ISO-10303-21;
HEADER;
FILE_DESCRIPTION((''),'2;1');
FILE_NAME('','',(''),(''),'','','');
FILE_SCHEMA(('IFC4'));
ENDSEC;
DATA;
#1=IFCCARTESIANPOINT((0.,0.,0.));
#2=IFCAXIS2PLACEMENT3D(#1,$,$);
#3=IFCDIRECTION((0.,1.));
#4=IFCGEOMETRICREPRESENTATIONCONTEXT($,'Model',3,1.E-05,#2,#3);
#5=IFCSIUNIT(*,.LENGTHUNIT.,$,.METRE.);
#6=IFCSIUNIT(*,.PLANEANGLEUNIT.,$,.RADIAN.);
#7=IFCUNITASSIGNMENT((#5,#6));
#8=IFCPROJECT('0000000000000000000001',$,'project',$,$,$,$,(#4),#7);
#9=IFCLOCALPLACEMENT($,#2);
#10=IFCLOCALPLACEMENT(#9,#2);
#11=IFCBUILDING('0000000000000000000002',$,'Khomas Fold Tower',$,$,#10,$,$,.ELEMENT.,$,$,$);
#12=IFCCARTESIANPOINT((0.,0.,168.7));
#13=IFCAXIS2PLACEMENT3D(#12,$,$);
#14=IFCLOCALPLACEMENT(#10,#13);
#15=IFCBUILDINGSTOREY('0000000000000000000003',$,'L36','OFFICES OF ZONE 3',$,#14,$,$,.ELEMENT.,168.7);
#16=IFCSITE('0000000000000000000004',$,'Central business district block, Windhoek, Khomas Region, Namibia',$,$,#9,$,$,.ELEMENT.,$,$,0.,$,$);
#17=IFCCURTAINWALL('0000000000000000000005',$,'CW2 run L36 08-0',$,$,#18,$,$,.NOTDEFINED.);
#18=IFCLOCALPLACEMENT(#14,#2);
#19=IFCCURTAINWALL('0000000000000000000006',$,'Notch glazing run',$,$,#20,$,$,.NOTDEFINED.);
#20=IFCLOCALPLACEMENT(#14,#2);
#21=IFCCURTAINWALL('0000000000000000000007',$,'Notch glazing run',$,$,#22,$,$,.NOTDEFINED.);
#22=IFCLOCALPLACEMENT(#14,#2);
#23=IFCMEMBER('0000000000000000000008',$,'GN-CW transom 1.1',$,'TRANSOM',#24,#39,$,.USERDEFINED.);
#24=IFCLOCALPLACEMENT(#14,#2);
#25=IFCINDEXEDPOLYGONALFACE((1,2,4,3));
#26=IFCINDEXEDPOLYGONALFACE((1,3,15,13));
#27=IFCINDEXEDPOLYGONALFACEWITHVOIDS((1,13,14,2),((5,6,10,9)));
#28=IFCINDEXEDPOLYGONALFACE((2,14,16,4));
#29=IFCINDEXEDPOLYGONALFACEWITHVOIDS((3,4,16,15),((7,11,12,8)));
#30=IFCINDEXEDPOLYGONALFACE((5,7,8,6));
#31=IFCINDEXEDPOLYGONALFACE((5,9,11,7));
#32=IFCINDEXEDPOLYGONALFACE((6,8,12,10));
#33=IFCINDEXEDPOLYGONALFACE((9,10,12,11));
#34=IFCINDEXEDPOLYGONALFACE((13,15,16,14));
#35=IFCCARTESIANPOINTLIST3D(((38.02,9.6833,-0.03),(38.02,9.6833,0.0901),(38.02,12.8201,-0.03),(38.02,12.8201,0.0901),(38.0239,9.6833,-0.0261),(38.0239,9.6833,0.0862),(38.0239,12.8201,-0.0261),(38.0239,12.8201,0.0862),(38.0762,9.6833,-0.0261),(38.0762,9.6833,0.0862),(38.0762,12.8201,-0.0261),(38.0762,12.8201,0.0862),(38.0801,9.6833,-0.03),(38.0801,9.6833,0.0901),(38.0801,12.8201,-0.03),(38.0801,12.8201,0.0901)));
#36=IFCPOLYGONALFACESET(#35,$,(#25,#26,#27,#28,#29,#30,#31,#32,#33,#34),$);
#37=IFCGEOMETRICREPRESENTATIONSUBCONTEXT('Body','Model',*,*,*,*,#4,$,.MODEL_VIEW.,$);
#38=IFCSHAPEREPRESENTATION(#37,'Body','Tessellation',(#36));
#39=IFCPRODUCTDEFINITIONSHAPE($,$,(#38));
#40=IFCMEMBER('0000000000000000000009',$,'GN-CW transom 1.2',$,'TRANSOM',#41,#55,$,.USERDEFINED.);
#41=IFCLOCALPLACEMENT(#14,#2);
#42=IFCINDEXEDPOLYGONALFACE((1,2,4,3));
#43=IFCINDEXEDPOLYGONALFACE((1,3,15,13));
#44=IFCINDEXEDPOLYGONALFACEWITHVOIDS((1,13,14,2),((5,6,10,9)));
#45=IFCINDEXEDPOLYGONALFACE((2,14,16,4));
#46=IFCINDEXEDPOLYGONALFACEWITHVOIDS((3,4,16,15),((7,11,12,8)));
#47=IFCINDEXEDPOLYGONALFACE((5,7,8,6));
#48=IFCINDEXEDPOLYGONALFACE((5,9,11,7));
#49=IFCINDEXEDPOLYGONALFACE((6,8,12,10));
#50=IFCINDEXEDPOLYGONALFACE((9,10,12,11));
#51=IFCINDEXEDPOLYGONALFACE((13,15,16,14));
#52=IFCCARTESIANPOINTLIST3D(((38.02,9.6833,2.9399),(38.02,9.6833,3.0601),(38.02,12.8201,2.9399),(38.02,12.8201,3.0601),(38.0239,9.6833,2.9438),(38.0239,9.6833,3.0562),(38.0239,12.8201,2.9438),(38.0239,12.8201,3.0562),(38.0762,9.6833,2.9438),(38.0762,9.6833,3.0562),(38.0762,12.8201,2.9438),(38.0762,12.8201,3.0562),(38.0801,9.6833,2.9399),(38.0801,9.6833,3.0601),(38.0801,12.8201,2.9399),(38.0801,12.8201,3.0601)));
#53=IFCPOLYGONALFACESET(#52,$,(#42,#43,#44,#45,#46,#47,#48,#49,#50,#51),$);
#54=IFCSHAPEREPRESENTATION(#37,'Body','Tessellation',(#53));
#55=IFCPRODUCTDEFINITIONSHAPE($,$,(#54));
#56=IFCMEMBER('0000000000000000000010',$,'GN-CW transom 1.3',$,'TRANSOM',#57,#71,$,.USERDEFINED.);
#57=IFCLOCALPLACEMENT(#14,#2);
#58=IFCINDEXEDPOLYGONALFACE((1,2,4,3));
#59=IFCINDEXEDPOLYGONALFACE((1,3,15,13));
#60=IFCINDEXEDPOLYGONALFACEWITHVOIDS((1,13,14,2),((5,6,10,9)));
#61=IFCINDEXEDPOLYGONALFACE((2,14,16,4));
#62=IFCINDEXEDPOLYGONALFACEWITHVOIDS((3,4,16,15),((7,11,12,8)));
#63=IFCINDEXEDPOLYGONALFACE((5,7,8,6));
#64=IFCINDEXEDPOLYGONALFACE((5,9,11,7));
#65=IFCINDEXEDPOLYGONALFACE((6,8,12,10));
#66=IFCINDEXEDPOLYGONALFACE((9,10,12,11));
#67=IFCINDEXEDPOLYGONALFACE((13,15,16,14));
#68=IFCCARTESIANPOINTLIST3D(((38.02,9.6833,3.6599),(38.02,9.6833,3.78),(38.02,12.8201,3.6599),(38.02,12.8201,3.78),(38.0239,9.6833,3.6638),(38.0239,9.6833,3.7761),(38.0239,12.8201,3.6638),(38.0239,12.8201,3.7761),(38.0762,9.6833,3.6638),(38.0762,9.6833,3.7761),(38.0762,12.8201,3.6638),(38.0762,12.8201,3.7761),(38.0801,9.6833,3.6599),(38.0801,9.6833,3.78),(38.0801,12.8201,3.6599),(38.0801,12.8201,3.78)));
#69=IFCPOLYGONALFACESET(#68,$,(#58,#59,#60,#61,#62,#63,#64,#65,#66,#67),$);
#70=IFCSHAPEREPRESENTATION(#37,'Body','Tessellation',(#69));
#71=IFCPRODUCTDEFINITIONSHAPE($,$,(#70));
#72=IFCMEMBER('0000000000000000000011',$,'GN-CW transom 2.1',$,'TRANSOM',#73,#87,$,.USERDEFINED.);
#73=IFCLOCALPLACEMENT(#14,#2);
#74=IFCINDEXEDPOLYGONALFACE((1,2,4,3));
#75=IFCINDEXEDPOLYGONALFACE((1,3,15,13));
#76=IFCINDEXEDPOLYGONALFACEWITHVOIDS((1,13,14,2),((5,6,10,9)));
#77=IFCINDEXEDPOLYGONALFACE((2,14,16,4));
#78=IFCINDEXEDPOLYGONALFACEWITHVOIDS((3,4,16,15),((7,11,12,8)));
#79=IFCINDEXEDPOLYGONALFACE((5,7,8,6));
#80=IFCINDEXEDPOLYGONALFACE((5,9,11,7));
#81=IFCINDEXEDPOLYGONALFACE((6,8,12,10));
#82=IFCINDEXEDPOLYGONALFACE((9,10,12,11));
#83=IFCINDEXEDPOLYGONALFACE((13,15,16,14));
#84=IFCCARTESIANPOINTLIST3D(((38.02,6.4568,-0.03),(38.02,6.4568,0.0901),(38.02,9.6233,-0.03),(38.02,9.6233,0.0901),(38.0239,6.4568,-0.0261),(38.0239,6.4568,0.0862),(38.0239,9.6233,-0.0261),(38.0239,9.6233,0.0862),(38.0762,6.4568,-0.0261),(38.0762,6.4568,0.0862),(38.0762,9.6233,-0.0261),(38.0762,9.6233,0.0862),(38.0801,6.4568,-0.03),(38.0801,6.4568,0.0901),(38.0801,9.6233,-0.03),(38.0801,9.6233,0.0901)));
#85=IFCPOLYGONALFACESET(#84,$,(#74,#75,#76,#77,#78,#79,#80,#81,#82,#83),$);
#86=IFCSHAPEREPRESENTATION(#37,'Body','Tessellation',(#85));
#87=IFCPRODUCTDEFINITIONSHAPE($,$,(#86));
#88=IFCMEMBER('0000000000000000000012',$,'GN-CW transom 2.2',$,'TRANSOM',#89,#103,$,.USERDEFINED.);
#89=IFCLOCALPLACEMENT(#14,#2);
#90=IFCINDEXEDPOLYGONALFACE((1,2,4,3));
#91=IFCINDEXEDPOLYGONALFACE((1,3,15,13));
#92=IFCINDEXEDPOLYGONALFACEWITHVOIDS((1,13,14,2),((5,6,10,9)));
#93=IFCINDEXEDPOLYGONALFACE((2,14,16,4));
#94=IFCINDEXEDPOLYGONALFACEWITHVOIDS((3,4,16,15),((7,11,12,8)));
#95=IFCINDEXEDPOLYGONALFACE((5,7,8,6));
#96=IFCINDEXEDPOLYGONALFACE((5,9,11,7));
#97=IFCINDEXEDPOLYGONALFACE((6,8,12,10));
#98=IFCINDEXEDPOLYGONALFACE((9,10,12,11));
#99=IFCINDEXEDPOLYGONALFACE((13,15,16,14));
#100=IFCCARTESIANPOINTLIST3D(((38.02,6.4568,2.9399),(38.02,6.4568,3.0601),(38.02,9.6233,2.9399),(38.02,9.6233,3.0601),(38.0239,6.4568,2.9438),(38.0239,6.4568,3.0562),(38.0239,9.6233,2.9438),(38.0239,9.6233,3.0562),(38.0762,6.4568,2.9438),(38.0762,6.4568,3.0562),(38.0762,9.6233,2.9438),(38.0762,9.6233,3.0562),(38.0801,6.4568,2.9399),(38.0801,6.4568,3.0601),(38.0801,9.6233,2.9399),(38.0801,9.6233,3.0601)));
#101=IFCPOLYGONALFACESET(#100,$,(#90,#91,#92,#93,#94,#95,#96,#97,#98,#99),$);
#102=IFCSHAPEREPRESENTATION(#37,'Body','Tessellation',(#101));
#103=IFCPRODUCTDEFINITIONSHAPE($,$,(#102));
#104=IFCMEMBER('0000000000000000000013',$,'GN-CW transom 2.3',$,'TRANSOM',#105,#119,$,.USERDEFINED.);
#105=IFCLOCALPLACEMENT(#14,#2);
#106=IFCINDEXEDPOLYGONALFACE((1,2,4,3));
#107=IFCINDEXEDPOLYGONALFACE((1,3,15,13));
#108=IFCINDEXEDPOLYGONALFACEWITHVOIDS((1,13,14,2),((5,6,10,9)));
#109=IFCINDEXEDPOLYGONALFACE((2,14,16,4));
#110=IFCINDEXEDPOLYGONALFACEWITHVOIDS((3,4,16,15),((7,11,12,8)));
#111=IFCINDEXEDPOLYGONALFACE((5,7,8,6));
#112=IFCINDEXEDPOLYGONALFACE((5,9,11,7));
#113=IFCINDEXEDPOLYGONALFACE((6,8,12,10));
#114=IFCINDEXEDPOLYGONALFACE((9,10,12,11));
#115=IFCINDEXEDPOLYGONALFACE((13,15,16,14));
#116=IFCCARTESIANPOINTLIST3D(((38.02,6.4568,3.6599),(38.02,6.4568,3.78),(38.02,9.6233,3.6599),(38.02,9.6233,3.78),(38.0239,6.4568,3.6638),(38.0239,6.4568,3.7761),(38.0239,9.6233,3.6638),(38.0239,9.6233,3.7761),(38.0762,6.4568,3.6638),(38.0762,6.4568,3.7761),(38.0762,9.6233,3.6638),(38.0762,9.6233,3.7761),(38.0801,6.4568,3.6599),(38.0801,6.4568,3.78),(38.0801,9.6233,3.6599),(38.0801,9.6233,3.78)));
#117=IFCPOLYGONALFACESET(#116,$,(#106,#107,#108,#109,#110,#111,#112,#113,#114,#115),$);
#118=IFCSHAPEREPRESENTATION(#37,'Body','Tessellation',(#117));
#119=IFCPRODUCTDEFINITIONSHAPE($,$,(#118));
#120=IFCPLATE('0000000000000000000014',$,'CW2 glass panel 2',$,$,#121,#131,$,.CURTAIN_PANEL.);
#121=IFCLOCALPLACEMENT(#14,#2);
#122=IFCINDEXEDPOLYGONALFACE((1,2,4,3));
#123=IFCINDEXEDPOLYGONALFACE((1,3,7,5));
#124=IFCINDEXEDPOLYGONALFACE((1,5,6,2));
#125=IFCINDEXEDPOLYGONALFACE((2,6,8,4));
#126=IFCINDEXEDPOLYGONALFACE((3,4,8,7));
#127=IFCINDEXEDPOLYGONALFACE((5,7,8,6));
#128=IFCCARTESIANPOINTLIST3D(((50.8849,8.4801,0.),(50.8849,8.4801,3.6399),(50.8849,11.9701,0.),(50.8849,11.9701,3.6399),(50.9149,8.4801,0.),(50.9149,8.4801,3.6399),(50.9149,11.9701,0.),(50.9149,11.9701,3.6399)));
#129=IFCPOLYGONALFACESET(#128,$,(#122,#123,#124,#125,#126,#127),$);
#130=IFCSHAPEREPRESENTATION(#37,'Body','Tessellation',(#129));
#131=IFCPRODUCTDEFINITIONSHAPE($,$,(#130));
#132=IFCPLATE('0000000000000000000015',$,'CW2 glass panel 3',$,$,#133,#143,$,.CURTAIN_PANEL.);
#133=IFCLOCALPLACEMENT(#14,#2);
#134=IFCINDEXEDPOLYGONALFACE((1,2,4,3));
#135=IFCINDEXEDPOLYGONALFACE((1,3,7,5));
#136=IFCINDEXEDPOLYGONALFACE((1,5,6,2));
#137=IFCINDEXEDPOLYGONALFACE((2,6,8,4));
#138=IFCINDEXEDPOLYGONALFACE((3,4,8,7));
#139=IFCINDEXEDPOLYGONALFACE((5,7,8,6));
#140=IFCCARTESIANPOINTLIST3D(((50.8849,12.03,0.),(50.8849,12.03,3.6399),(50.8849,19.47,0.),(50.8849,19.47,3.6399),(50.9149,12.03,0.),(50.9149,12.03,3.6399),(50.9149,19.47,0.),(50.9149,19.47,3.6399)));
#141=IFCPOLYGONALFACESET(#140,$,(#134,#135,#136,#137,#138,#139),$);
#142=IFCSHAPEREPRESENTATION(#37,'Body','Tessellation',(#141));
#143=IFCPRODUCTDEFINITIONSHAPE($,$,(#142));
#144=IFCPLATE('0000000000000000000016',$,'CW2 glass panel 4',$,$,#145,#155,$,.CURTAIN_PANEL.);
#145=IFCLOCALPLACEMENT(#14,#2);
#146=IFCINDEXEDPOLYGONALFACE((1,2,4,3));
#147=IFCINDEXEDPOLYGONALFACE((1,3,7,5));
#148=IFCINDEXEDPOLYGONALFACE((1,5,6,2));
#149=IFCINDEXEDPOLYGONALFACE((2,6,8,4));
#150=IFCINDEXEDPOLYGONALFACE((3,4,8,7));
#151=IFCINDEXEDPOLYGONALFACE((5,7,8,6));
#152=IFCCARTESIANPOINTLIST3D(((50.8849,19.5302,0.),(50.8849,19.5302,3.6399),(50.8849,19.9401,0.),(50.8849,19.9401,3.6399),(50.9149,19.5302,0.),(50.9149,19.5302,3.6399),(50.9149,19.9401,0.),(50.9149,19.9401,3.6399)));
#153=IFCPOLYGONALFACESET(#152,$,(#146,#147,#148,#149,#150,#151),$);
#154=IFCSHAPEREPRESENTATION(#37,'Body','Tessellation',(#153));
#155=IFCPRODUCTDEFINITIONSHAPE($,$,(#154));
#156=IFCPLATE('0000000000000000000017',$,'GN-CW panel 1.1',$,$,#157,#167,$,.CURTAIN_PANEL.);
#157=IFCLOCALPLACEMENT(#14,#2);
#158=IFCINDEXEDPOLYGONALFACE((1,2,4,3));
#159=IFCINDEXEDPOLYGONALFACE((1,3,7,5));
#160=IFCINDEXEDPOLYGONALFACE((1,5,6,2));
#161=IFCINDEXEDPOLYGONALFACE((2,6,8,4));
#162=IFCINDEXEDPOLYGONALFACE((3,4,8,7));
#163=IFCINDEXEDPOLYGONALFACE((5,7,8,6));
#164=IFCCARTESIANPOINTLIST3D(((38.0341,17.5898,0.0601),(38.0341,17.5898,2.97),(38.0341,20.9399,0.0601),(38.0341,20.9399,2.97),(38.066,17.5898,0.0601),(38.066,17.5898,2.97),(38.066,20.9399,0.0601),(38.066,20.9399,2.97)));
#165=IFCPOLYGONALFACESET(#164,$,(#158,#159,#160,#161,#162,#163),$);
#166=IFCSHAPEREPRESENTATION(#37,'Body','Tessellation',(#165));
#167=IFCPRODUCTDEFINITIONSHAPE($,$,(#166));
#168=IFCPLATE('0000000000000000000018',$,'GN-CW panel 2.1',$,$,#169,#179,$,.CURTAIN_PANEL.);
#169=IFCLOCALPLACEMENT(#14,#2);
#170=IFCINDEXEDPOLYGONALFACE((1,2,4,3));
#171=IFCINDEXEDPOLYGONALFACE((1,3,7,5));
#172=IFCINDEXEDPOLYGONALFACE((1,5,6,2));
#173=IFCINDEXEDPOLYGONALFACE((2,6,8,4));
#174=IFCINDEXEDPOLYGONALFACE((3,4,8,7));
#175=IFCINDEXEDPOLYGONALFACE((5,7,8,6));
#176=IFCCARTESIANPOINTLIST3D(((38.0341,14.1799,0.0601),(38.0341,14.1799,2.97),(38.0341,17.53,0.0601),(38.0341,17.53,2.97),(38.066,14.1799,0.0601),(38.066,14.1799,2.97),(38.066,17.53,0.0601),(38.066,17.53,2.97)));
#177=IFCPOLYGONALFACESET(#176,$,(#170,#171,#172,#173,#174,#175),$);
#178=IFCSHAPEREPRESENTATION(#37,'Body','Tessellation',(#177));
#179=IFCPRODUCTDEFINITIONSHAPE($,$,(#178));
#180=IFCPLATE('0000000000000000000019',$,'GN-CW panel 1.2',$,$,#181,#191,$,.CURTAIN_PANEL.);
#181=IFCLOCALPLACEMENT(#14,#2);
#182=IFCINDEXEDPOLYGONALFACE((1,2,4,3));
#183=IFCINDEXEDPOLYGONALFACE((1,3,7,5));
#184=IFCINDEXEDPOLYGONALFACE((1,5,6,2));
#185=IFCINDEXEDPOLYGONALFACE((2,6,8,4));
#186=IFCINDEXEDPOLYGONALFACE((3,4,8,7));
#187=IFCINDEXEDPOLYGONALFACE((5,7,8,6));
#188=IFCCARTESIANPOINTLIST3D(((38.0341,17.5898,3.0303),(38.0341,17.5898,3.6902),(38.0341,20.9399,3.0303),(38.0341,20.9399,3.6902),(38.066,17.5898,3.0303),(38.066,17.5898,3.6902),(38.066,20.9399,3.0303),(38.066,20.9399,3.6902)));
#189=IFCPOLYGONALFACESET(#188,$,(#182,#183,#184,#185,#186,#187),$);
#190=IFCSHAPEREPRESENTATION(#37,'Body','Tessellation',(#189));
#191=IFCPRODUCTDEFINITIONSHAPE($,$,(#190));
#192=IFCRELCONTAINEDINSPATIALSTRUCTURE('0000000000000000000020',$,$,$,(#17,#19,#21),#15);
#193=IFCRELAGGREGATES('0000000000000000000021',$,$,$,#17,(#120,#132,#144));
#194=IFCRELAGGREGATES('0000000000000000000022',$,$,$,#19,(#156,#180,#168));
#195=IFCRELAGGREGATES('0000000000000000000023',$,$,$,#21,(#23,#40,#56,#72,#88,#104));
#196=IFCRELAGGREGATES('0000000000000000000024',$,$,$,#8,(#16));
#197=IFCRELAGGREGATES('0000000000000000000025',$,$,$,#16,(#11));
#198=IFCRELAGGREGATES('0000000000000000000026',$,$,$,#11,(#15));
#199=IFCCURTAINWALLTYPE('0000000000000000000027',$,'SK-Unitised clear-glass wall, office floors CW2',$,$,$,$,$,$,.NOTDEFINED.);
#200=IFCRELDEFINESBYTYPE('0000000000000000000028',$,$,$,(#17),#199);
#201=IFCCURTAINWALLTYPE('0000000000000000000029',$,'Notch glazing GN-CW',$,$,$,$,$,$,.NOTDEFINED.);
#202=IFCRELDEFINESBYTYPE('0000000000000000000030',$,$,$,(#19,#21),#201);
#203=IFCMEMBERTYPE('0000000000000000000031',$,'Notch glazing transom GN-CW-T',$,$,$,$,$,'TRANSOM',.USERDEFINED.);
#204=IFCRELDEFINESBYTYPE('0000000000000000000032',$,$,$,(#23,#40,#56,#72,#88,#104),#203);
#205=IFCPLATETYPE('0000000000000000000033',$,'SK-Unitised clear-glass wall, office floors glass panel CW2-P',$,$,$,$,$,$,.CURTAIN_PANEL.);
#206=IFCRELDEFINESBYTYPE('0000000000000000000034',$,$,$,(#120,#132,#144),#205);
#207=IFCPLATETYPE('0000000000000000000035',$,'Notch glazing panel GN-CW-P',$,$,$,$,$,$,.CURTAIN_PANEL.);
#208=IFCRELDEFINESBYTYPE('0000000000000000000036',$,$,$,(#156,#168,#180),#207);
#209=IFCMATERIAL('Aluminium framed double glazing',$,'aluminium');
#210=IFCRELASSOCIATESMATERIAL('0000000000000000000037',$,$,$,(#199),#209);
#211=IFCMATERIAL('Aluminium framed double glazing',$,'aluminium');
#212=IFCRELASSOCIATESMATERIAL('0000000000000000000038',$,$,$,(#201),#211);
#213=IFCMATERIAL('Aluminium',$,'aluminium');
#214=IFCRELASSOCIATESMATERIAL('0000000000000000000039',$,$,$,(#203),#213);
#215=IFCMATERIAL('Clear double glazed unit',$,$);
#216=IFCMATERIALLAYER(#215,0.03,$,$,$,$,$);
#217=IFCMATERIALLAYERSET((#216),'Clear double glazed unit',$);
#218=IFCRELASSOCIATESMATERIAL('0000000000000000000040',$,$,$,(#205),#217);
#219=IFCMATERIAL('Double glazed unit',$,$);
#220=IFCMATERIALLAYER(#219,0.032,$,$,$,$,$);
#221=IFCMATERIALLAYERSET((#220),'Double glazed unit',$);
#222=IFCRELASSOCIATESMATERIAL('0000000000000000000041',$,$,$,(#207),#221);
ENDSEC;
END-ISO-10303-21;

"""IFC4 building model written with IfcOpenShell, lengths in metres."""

from ifc_helpers import new_model, si_unit, direction, frame, origin, origin_2d, place, context, subcontext, project, spatial, rectangle, hollow_rectangle, extrude, source, transform, mapped, material, layer, layer_set, material_profile, profile_set, type_object, element, aggregate, save


model = new_model("IFC4")

# Units and contexts
model_context = context("Model", 3, precision=1e-05, world=origin(), true_north=direction((0.0, 1.0)))
body_context = subcontext(model_context, "Body", "Model", "MODEL_VIEW")
ifc_project = project(units=[si_unit("LENGTHUNIT", "METRE"), si_unit("PLANEANGLEUNIT", "RADIAN")], contexts=[model_context])

# Site, building, storey
site_placement = place(None, origin())
site = spatial("IfcSite", under=ifc_project, at=site_placement, Name="Central business district block, Windhoek, Khomas Region, Namibia", CompositionType="ELEMENT", RefElevation=0.0)
building_placement = place(site_placement, origin())
building = spatial("IfcBuilding", under=site, at=building_placement, Name="Khomas Fold Tower", CompositionType="ELEMENT")
storey_placement = place(building_placement, frame((0.0, 0.0, 168.7)))
storey = spatial("IfcBuildingStorey", under=building, at=storey_placement, Name="L36", Description="OFFICES OF ZONE 3", CompositionType="ELEMENT", Elevation=168.7)

# Curtain walls
ifc_material_1 = material(Name="Aluminium framed double glazing", Category="aluminium")
curtain_wall_type_1 = type_object("IfcCurtainWallType", Name="SK-Unitised clear-glass wall, office floors CW2", PredefinedType="NOTDEFINED", material=ifc_material_1)
curtain_wall_1_placement = place(storey_placement, origin())
curtain_wall_1 = element("IfcCurtainWall", 1, at=curtain_wall_1_placement, inside=storey, type_object=curtain_wall_type_1, Name="CW2 run L36 08-0", PredefinedType="NOTDEFINED")
ifc_material_2 = material(Name="Aluminium framed double glazing", Category="aluminium")
curtain_wall_type_2 = type_object("IfcCurtainWallType", Name="Notch glazing GN-CW", PredefinedType="NOTDEFINED", material=ifc_material_2)
curtain_wall_2_placement = place(storey_placement, origin())
curtain_wall_2 = element("IfcCurtainWall", 2, at=curtain_wall_2_placement, inside=storey, type_object=curtain_wall_type_2, Name="Notch glazing run", PredefinedType="NOTDEFINED")
curtain_wall_3_placement = place(storey_placement, origin())
curtain_wall_3 = element("IfcCurtainWall", 3, at=curtain_wall_3_placement, inside=storey, type_object=curtain_wall_type_2, Name="Notch glazing run", PredefinedType="NOTDEFINED")

# Members
ifc_material_3 = material(Name="Aluminium", Category="aluminium")
ifc_material_profile_1 = material_profile(ifc_material_3, hollow_rectangle(XDim=0.0601, YDim=0.1201, WallThickness=0.0039, at=origin_2d()), Name="Notch glazing transom GN-CW-T")
ifc_profile_set_1 = profile_set([ifc_material_profile_1], Name="Aluminium")
member_type_1 = type_object("IfcMemberType", Name="Notch glazing transom GN-CW-T", ElementType="TRANSOM", PredefinedType="USERDEFINED", material=ifc_profile_set_1)
shared_shape_1 = source(origin(), body_context, "Body", "SweptSolid", [
    extrude(hollow_rectangle(XDim=0.0601, YDim=0.1201, WallThickness=0.0039, at=origin_2d()), origin(), (0.0, 0.0, 1.0), 3.1367),
])
member_1_placement = place(storey_placement, frame((38.05, 12.8201, 0.03), z_axis=(0.0, -1.0, 0.0), x_axis=(1.0, 0.0, 0.0)))
member_1 = element("IfcMember", 4, at=member_1_placement, type_object=member_type_1, Name="GN-CW transom 1.1", ObjectType="TRANSOM", PredefinedType="USERDEFINED", context=body_context, shape_type="MappedRepresentation", body=[
    mapped(shared_shape_1, transform((0.0, 0.0, 0.0))),
])
member_2_placement = place(storey_placement, frame((38.05, 12.8201, 3.0), z_axis=(0.0, -1.0, 0.0), x_axis=(1.0, 0.0, 0.0)))
member_2 = element("IfcMember", 5, at=member_2_placement, type_object=member_type_1, Name="GN-CW transom 1.2", ObjectType="TRANSOM", PredefinedType="USERDEFINED", context=body_context, shape_type="MappedRepresentation", body=[
    mapped(shared_shape_1, transform((0.0, 0.0, 0.0))),
])
member_3_placement = place(storey_placement, frame((38.05, 12.8201, 3.72), z_axis=(0.0, -1.0, 0.0), x_axis=(1.0, 0.0, 0.0)))
member_3 = element("IfcMember", 6, at=member_3_placement, type_object=member_type_1, Name="GN-CW transom 1.3", ObjectType="TRANSOM", PredefinedType="USERDEFINED", context=body_context, shape_type="MappedRepresentation", body=[
    mapped(shared_shape_1, transform((0.0, 0.0, 0.0))),
])
shared_shape_2 = source(origin(), body_context, "Body", "SweptSolid", [
    extrude(hollow_rectangle(XDim=0.0601, YDim=0.1201, WallThickness=0.0039, at=origin_2d()), origin(), (0.0, 0.0, 1.0), 3.1665),
])
member_4_placement = place(storey_placement, frame((38.05, 9.6233, 0.03), z_axis=(0.0, -1.0, 0.0), x_axis=(1.0, 0.0, 0.0)))
member_4 = element("IfcMember", 7, at=member_4_placement, type_object=member_type_1, Name="GN-CW transom 2.1", ObjectType="TRANSOM", PredefinedType="USERDEFINED", context=body_context, shape_type="MappedRepresentation", body=[
    mapped(shared_shape_2, transform((0.0, 0.0, 0.0))),
])
member_5_placement = place(storey_placement, frame((38.05, 9.6233, 3.0), z_axis=(0.0, -1.0, 0.0), x_axis=(1.0, 0.0, 0.0)))
member_5 = element("IfcMember", 8, at=member_5_placement, type_object=member_type_1, Name="GN-CW transom 2.2", ObjectType="TRANSOM", PredefinedType="USERDEFINED", context=body_context, shape_type="MappedRepresentation", body=[
    mapped(shared_shape_2, transform((0.0, 0.0, 0.0))),
])
member_6_placement = place(storey_placement, frame((38.05, 9.6233, 3.72), z_axis=(0.0, -1.0, 0.0), x_axis=(1.0, 0.0, 0.0)))
member_6 = element("IfcMember", 9, at=member_6_placement, type_object=member_type_1, Name="GN-CW transom 2.3", ObjectType="TRANSOM", PredefinedType="USERDEFINED", context=body_context, shape_type="MappedRepresentation", body=[
    mapped(shared_shape_2, transform((0.0, 0.0, 0.0))),
])

# Plates
ifc_material_4 = material(Name="Clear double glazed unit")
ifc_layer_1 = layer(ifc_material_4, 0.03)
ifc_layer_set_1 = layer_set([ifc_layer_1], Name="Clear double glazed unit")
plate_type_1 = type_object("IfcPlateType", Name="SK-Unitised clear-glass wall, office floors glass panel CW2-P", PredefinedType="CURTAIN_PANEL", material=ifc_layer_set_1)
shared_shape_3 = source(origin(), body_context, "Body", "SweptSolid", [
    extrude(rectangle(XDim=3.49, YDim=0.03, at=origin_2d()), origin(), (0.0, 0.0, 1.0), 3.6399),
])
plate_1_placement = place(storey_placement, frame((50.8999, 10.2251, 0.0), z_axis=(0.0, 0.0, 1.0), x_axis=(0.0, 1.0, 0.0)))
plate_1 = element("IfcPlate", 10, at=plate_1_placement, type_object=plate_type_1, Name="CW2 glass panel 2", PredefinedType="CURTAIN_PANEL", context=body_context, shape_type="MappedRepresentation", body=[
    mapped(shared_shape_3, transform((0.0, 0.0, 0.0))),
])
shared_shape_4 = source(origin(), body_context, "Body", "SweptSolid", [
    extrude(rectangle(XDim=7.4399, YDim=0.03, at=origin_2d()), origin(), (0.0, 0.0, 1.0), 3.6399),
])
plate_2_placement = place(storey_placement, frame((50.8999, 15.75, 0.0), z_axis=(0.0, 0.0, 1.0), x_axis=(0.0, 1.0, 0.0)))
plate_2 = element("IfcPlate", 11, at=plate_2_placement, type_object=plate_type_1, Name="CW2 glass panel 3", PredefinedType="CURTAIN_PANEL", context=body_context, shape_type="MappedRepresentation", body=[
    mapped(shared_shape_4, transform((0.0, 0.0, 0.0))),
])
shared_shape_5 = source(origin(), body_context, "Body", "SweptSolid", [
    extrude(rectangle(XDim=0.4099, YDim=0.03, at=origin_2d()), origin(), (0.0, 0.0, 1.0), 3.6399),
])
plate_3_placement = place(storey_placement, frame((50.8999, 19.7351, 0.0), z_axis=(0.0, 0.0, 1.0), x_axis=(0.0, 1.0, 0.0)))
plate_3 = element("IfcPlate", 12, at=plate_3_placement, type_object=plate_type_1, Name="CW2 glass panel 4", PredefinedType="CURTAIN_PANEL", context=body_context, shape_type="MappedRepresentation", body=[
    mapped(shared_shape_5, transform((0.0, 0.0, 0.0))),
])
aggregate(curtain_wall_1, [plate_1, plate_2, plate_3])
ifc_material_5 = material(Name="Double glazed unit")
ifc_layer_2 = layer(ifc_material_5, 0.032)
ifc_layer_set_2 = layer_set([ifc_layer_2], Name="Double glazed unit")
plate_type_2 = type_object("IfcPlateType", Name="Notch glazing panel GN-CW-P", PredefinedType="CURTAIN_PANEL", material=ifc_layer_set_2)
shared_shape_6 = source(origin(), body_context, "Body", "SweptSolid", [
    extrude(rectangle(XDim=3.3501, YDim=0.032, at=origin_2d()), origin(), (0.0, 0.0, 1.0), 2.9099),
])
plate_4_placement = place(storey_placement, frame((38.05, 19.2649, 0.0601), z_axis=(0.0, 0.0, 1.0), x_axis=(0.0, -1.0, 0.0)))
plate_4 = element("IfcPlate", 13, at=plate_4_placement, type_object=plate_type_2, Name="GN-CW panel 1.1", PredefinedType="CURTAIN_PANEL", context=body_context, shape_type="MappedRepresentation", body=[
    mapped(shared_shape_6, transform((0.0, 0.0, 0.0))),
])
plate_5_placement = place(storey_placement, frame((38.05, 15.855, 0.0601), z_axis=(0.0, 0.0, 1.0), x_axis=(0.0, -1.0, 0.0)))
plate_5 = element("IfcPlate", 14, at=plate_5_placement, type_object=plate_type_2, Name="GN-CW panel 2.1", PredefinedType="CURTAIN_PANEL", context=body_context, shape_type="MappedRepresentation", body=[
    mapped(shared_shape_6, transform((0.0, 0.0, 0.0))),
])
shared_shape_7 = source(origin(), body_context, "Body", "SweptSolid", [
    extrude(rectangle(XDim=3.3501, YDim=0.032, at=origin_2d()), origin(), (0.0, 0.0, 1.0), 0.6599),
])
plate_6_placement = place(storey_placement, frame((38.05, 19.2649, 3.0303), z_axis=(0.0, 0.0, 1.0), x_axis=(0.0, -1.0, 0.0)))
plate_6 = element("IfcPlate", 15, at=plate_6_placement, type_object=plate_type_2, Name="GN-CW panel 1.2", PredefinedType="CURTAIN_PANEL", context=body_context, shape_type="MappedRepresentation", body=[
    mapped(shared_shape_7, transform((0.0, 0.0, 0.0))),
])
aggregate(curtain_wall_2, [plate_4, plate_6, plate_5])
aggregate(curtain_wall_3, [member_1, member_2, member_3, member_4, member_5, member_6])

save(model, "model.ifc")
